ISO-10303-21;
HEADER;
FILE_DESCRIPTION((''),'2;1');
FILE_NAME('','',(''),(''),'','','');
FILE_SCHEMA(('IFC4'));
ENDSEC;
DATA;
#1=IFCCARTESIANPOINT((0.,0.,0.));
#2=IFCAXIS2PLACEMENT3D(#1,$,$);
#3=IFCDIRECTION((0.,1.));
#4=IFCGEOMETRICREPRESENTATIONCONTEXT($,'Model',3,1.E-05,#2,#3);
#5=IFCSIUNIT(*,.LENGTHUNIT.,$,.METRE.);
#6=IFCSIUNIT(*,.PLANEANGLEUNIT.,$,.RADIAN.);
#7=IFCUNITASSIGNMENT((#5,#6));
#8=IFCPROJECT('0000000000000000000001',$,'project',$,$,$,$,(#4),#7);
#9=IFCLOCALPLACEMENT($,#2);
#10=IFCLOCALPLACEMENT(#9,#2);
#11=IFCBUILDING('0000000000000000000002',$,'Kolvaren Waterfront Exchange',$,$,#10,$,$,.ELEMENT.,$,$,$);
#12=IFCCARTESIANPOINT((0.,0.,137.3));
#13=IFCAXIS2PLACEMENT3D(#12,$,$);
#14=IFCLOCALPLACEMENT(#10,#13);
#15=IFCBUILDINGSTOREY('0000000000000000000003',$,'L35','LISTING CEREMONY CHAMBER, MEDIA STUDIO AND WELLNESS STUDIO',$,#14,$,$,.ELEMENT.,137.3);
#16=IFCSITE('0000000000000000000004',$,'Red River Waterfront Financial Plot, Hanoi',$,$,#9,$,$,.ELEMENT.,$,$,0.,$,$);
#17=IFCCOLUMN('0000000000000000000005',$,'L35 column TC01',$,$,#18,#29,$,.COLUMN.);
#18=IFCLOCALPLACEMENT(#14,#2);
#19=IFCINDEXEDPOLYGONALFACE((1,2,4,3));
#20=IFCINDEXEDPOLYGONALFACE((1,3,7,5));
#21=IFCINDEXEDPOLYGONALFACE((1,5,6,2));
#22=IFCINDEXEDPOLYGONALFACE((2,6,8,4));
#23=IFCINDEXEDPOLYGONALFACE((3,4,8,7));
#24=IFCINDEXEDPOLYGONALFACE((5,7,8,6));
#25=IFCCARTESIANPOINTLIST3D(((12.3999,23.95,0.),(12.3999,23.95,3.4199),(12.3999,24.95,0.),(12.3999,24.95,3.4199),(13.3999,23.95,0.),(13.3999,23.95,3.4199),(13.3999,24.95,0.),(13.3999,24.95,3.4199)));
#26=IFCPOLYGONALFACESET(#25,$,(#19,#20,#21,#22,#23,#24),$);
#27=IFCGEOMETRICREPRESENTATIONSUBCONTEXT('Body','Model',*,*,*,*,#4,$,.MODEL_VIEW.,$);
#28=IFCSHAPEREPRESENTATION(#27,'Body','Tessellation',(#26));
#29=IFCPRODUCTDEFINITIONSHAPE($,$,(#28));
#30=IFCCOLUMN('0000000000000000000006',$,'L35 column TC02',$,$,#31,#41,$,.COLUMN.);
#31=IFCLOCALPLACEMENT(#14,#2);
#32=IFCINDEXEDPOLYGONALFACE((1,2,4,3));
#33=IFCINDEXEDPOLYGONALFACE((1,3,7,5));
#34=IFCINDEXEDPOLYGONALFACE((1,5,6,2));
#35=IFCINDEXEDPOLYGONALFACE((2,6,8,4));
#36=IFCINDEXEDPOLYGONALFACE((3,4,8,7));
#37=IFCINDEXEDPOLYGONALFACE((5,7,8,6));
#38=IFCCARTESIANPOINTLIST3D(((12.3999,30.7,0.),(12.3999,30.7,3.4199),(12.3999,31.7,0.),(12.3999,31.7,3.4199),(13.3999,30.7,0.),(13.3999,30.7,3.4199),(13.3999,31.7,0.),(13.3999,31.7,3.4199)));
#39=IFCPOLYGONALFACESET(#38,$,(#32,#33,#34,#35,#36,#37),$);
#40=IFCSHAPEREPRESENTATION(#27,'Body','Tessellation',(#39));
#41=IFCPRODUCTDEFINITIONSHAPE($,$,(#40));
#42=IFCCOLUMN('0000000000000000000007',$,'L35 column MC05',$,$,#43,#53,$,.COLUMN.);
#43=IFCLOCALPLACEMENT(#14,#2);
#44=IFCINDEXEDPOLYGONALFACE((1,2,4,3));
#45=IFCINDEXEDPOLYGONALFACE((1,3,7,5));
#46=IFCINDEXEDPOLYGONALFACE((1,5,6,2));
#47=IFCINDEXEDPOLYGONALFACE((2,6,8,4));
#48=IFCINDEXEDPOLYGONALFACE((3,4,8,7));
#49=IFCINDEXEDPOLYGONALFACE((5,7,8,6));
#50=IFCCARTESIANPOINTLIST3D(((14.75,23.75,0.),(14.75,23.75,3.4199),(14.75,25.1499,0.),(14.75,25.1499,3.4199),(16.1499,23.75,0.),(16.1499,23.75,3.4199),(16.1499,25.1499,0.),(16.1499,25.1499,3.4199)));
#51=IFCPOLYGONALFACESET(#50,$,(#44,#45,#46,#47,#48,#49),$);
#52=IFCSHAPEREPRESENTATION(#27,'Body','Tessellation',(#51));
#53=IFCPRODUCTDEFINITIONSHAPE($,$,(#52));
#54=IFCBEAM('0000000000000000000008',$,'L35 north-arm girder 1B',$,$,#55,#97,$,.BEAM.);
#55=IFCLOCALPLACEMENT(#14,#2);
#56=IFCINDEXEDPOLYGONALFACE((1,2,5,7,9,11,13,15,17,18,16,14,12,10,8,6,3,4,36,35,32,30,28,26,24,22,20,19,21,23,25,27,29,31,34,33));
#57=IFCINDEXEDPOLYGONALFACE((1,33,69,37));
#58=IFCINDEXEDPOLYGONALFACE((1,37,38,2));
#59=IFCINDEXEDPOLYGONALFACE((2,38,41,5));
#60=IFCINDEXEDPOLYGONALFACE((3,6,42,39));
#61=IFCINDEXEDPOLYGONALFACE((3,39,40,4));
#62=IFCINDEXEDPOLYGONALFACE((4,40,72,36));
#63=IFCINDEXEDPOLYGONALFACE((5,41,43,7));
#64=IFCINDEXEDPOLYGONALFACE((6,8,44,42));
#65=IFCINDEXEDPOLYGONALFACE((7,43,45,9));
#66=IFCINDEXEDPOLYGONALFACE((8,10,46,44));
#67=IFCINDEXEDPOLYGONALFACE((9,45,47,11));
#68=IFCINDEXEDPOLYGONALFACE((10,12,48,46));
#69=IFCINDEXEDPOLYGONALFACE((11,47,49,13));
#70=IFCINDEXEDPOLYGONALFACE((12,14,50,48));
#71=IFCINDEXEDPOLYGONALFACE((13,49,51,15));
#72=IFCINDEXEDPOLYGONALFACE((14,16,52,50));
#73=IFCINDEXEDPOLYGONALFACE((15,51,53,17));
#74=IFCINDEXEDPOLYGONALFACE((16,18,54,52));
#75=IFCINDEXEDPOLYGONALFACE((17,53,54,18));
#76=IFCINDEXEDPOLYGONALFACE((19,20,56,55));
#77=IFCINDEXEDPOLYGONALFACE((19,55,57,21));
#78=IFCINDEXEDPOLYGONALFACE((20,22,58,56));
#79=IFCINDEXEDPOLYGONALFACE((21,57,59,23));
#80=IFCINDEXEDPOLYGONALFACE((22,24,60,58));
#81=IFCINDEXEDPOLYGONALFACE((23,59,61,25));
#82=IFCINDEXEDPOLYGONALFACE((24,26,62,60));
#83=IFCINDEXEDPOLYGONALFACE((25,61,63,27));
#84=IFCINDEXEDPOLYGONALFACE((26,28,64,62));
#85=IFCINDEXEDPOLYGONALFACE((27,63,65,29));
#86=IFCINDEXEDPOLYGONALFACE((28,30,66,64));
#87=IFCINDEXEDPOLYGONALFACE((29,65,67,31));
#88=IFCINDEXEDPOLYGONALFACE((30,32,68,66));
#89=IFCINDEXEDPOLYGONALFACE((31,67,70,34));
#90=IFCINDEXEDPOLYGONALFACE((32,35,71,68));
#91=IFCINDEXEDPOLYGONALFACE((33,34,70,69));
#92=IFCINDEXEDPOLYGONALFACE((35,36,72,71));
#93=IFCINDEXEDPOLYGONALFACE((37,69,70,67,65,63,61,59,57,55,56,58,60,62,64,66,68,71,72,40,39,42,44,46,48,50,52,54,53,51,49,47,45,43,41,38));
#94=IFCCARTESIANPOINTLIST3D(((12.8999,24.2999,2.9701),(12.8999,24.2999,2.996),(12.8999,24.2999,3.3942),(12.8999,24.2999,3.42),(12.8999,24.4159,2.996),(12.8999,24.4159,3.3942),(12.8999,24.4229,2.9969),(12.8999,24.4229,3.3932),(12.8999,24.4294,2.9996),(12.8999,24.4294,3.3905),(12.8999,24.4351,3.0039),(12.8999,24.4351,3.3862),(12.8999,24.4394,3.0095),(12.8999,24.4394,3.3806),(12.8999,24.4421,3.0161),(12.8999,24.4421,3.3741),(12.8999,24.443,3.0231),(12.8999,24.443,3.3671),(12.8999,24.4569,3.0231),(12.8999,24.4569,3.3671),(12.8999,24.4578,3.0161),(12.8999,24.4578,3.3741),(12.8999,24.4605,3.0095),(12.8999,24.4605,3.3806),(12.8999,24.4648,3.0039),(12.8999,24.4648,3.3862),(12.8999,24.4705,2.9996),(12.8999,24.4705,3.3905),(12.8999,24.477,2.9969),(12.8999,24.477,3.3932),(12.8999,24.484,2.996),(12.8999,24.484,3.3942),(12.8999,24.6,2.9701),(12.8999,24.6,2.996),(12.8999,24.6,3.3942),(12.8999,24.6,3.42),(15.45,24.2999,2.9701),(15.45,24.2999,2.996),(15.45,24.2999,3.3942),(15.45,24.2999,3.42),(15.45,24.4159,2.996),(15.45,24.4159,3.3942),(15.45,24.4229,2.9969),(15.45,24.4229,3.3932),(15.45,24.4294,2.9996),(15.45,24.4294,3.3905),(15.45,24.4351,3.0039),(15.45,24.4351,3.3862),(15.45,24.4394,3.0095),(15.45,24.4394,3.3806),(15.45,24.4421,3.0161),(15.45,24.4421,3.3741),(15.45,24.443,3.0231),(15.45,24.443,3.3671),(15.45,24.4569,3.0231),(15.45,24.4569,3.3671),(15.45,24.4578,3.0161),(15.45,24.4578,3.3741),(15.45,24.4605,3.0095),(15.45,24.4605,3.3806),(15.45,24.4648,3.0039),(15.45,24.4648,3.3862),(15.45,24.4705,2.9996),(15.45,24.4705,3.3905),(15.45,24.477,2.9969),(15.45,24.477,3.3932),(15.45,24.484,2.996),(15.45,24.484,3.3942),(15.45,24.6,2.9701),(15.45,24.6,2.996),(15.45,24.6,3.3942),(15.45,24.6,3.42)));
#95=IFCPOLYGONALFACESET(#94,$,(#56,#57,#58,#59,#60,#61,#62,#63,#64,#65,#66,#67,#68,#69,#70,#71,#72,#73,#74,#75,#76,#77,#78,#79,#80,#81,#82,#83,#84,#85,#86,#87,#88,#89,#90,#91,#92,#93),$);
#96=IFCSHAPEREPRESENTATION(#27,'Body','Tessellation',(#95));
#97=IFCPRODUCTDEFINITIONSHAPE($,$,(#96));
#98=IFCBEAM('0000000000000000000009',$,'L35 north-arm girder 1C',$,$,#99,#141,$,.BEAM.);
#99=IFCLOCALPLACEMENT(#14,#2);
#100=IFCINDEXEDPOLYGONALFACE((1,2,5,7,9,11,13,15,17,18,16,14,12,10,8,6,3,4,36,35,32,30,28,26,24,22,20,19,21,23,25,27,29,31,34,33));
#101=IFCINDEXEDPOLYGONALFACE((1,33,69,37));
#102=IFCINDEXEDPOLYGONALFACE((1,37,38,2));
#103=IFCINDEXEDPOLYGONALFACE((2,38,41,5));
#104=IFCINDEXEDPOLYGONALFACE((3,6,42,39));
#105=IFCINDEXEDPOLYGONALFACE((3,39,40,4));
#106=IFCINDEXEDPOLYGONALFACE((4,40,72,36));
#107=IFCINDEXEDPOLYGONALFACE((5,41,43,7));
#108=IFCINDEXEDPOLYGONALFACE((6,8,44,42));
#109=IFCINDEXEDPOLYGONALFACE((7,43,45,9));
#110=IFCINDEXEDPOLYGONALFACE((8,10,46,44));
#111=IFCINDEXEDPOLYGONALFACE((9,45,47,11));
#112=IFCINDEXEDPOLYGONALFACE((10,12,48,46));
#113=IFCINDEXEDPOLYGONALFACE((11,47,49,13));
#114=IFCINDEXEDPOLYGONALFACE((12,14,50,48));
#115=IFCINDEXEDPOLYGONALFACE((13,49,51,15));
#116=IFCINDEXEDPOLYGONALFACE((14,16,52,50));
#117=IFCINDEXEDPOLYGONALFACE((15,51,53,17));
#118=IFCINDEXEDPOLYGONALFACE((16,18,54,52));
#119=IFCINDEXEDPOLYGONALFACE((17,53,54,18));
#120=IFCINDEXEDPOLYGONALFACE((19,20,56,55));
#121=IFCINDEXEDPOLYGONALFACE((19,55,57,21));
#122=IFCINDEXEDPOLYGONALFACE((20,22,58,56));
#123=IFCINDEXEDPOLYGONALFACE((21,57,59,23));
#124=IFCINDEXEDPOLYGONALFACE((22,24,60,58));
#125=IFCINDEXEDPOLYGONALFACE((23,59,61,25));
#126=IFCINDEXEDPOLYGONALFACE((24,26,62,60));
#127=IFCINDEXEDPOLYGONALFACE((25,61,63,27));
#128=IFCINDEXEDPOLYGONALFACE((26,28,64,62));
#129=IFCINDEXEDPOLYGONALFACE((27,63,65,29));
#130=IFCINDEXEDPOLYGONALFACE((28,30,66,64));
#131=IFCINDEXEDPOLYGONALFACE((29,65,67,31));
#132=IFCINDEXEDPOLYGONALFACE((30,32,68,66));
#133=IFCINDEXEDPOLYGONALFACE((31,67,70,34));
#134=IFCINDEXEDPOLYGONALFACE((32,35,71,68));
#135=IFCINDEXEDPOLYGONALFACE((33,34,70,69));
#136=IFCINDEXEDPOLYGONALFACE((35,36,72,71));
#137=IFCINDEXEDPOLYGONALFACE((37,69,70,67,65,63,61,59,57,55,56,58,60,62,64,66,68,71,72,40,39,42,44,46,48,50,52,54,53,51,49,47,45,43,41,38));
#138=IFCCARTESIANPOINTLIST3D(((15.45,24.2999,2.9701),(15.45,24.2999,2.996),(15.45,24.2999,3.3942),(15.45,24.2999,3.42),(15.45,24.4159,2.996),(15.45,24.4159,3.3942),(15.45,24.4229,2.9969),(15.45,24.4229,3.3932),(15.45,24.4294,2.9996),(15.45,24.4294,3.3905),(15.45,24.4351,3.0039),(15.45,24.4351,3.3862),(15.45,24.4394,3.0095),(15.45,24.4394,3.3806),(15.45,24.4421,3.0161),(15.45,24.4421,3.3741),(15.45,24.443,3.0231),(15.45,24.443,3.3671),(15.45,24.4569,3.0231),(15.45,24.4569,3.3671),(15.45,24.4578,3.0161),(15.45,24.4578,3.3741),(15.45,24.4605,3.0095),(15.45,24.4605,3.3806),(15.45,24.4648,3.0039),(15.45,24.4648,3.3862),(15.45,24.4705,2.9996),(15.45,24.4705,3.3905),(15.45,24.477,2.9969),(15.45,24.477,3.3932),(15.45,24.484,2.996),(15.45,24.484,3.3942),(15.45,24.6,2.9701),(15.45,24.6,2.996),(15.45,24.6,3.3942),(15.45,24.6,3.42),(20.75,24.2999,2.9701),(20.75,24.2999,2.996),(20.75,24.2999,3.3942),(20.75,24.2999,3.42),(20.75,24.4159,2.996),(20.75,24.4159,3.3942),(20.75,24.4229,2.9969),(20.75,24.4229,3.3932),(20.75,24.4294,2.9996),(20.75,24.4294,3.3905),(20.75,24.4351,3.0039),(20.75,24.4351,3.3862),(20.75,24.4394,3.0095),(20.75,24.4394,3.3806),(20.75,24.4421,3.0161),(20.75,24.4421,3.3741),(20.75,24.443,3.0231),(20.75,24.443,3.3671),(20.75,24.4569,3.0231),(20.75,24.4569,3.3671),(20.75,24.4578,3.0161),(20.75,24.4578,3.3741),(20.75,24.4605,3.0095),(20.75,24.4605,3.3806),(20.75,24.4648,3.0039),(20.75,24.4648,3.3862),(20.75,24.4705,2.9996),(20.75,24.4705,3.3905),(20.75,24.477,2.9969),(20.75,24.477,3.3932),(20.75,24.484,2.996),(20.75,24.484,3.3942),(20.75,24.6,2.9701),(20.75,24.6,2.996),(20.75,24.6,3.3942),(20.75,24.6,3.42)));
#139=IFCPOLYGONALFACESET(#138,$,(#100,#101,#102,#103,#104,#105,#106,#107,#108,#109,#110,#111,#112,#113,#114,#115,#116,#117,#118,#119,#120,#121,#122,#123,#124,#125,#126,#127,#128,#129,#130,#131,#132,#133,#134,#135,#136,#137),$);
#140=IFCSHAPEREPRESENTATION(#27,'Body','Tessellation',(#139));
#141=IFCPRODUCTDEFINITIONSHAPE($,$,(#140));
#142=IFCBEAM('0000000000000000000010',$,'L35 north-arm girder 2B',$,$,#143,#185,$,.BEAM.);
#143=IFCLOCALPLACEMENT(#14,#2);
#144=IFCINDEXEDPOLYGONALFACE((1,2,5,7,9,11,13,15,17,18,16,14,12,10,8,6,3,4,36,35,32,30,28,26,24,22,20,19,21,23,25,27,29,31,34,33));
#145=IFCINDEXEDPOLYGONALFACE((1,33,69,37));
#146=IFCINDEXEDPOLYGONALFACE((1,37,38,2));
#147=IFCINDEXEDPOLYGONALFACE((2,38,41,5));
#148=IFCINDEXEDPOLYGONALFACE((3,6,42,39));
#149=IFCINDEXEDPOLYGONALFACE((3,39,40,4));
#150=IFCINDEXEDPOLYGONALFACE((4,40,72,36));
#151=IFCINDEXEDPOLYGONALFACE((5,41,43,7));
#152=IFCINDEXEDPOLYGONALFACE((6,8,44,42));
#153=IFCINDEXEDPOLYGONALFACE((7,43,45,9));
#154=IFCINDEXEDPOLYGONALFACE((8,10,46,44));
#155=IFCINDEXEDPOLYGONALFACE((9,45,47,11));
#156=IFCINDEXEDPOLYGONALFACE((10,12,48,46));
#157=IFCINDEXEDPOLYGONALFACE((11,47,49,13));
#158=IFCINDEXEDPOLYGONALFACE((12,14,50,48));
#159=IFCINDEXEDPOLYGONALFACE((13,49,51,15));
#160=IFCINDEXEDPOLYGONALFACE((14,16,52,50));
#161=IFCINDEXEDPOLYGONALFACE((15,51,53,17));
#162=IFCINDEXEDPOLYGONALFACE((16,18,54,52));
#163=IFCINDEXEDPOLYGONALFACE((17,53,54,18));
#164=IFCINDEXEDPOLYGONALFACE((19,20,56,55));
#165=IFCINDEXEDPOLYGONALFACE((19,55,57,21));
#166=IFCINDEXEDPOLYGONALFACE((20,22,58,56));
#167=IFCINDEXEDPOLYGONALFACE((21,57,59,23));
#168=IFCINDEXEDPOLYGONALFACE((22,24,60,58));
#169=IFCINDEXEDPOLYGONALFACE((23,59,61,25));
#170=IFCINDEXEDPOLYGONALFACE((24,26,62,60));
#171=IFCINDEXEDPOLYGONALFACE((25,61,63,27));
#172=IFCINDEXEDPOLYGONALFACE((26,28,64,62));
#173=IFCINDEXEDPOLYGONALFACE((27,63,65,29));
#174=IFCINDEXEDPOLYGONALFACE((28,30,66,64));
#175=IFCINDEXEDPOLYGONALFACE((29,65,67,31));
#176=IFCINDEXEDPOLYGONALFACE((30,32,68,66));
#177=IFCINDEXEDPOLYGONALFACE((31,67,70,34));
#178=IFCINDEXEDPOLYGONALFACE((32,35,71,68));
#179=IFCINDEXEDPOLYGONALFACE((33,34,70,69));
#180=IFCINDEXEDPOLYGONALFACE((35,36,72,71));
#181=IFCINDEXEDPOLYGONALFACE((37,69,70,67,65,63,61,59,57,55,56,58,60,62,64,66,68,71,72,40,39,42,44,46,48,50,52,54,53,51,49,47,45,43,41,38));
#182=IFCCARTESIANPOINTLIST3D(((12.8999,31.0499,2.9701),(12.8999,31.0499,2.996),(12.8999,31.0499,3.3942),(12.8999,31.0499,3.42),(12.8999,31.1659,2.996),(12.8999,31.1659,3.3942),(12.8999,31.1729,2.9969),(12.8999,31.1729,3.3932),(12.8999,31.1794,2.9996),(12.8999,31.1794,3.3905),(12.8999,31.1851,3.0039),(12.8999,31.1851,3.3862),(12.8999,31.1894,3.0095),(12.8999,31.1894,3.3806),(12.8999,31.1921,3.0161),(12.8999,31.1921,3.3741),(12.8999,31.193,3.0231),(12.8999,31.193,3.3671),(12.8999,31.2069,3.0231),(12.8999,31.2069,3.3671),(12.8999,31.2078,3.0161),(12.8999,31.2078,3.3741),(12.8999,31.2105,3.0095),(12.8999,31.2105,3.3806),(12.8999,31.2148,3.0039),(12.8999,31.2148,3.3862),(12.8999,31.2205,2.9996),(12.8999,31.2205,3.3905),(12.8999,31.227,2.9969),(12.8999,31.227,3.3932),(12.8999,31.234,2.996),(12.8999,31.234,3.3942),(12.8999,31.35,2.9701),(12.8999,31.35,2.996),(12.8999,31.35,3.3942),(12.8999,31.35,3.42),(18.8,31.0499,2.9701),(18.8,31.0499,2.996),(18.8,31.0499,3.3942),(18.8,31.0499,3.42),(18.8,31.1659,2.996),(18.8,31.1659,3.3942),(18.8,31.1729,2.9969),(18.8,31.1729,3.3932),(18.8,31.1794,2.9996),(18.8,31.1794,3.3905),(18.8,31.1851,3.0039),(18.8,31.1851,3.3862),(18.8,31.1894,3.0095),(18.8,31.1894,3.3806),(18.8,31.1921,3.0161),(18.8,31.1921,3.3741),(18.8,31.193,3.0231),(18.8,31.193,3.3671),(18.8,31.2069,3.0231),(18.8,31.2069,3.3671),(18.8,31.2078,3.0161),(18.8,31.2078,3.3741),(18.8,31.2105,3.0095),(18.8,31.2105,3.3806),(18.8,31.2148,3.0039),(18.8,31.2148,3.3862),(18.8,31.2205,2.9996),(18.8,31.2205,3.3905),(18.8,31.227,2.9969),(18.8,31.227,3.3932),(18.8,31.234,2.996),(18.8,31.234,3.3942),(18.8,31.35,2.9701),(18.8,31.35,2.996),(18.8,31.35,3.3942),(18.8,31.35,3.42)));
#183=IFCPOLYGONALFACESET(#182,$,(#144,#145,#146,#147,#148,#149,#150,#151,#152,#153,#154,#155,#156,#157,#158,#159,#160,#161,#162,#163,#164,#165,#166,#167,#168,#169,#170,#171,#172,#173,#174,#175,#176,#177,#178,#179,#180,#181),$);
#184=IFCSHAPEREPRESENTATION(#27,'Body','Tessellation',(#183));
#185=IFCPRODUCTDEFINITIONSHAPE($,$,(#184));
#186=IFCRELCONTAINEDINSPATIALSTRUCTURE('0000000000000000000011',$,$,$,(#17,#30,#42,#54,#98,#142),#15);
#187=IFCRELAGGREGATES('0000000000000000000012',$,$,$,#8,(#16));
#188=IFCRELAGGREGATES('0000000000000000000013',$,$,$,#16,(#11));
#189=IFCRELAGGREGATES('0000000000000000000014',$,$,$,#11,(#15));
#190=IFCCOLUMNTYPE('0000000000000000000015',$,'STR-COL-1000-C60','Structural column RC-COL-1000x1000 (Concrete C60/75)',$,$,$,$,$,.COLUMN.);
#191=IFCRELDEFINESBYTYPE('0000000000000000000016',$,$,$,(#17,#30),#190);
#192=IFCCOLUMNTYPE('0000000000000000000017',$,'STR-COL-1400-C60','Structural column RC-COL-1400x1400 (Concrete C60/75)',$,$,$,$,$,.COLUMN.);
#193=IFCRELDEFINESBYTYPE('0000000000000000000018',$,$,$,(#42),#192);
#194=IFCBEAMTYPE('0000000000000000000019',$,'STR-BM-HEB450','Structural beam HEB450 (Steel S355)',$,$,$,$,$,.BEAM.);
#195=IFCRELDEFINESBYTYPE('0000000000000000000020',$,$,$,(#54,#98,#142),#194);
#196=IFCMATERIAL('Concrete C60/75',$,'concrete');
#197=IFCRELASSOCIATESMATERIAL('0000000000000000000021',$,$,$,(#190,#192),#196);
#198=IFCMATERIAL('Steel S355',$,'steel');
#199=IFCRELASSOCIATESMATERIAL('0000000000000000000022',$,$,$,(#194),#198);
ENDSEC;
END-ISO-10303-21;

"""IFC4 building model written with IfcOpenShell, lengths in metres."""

from ifc_helpers import new_model, si_unit, direction, frame, origin, origin_2d, place, context, subcontext, project, spatial, rectangle, i_section, extrude, material, material_profile, profile_set, type_object, element, save


model = new_model("IFC4")

# Units and contexts
model_context = context("Model", 3, precision=1e-05, world=origin(), true_north=direction((0.0, 1.0)))
body_context = subcontext(model_context, "Body", "Model", "MODEL_VIEW")
ifc_project = project(units=[si_unit("LENGTHUNIT", "METRE"), si_unit("PLANEANGLEUNIT", "RADIAN")], contexts=[model_context])

# Site, building, storey
site_placement = place(None, origin())
site = spatial("IfcSite", under=ifc_project, at=site_placement, Name="Red River Waterfront Financial Plot, Hanoi", CompositionType="ELEMENT", RefElevation=0.0)
building_placement = place(site_placement, origin())
building = spatial("IfcBuilding", under=site, at=building_placement, Name="Kolvaren Waterfront Exchange", CompositionType="ELEMENT")
storey_placement = place(building_placement, frame((0.0, 0.0, 137.3)))
storey = spatial("IfcBuildingStorey", under=building, at=storey_placement, Name="L35", Description="LISTING CEREMONY CHAMBER, MEDIA STUDIO AND WELLNESS STUDIO", CompositionType="ELEMENT", Elevation=137.3)

# Columns
ifc_material_1 = material(Name="Concrete C60/75", Category="concrete")
ifc_material_profile_1 = material_profile(ifc_material_1, rectangle(XDim=1.0, YDim=1.0, at=origin_2d()), Name="RC-COL-1000x1000")
ifc_profile_set_1 = profile_set([ifc_material_profile_1], Name="Concrete C60/75")
column_type_1 = type_object("IfcColumnType", Name="STR-COL-1000-C60", Description="Structural column RC-COL-1000x1000 (Concrete C60/75)", PredefinedType="COLUMN", material=ifc_profile_set_1)
for number, where, z_axis, x_axis, name in (
    (1, (12.8999, 24.45, 0.0), (0.0, 0.0, 1.0), (1.0, 0.0, 0.0), "L35 column TC01"),
    (2, (12.8999, 31.2, 0.0), (0.0, 0.0, 1.0), (1.0, 0.0, 0.0), "L35 column TC02"),
):
    element("IfcColumn", number, at=place(storey_placement, frame(where, z_axis=z_axis, x_axis=x_axis)), inside=storey, type_object=column_type_1, Name=name, PredefinedType="COLUMN", context=body_context, shape_type="SweptSolid", body=[
        extrude(rectangle(XDim=1.0, YDim=1.0, at=origin_2d()), origin(), (0.0, 0.0, 1.0), 3.4199),
    ])
ifc_material_profile_2 = material_profile(ifc_material_1, rectangle(XDim=1.3999, YDim=1.3999, at=origin_2d()), Name="RC-COL-1400x1400")
ifc_profile_set_2 = profile_set([ifc_material_profile_2], Name="Concrete C60/75")
column_type_2 = type_object("IfcColumnType", Name="STR-COL-1400-C60", Description="Structural column RC-COL-1400x1400 (Concrete C60/75)", PredefinedType="COLUMN", material=ifc_profile_set_2)
column_placement = place(storey_placement, frame((15.45, 24.45, 0.0), z_axis=(0.0, 0.0, 1.0), x_axis=(1.0, 0.0, 0.0)))
element("IfcColumn", 3, at=column_placement, inside=storey, type_object=column_type_2, Name="L35 column MC05", PredefinedType="COLUMN", context=body_context, shape_type="SweptSolid", body=[
    extrude(rectangle(XDim=1.3999, YDim=1.3999, at=origin_2d()), origin(), (0.0, 0.0, 1.0), 3.4199),
])

# Beams
ifc_material_2 = material(Name="Steel S355", Category="steel")
ifc_material_profile_3 = material_profile(ifc_material_2, i_section(OverallWidth=0.3, OverallDepth=0.45, WebThickness=0.0139, FlangeThickness=0.0259, FilletRadius=0.0271, at=origin_2d()), Name="HEB450")
ifc_profile_set_3 = profile_set([ifc_material_profile_3], Name="Steel S355")
beam_type_1 = type_object("IfcBeamType", Name="STR-BM-HEB450", Description="Structural beam HEB450 (Steel S355)", PredefinedType="BEAM", material=ifc_profile_set_3)
beam_1_placement = place(storey_placement, frame((12.8999, 24.45, 3.1951), z_axis=(1.0, 0.0, 0.0), x_axis=(0.0, 1.0, 0.0)))
element("IfcBeam", 4, at=beam_1_placement, inside=storey, type_object=beam_type_1, Name="L35 north-arm girder 1B", PredefinedType="BEAM", context=body_context, shape_type="SweptSolid", body=[
    extrude(i_section(OverallWidth=0.3, OverallDepth=0.45, WebThickness=0.0139, FlangeThickness=0.0259, FilletRadius=0.0271, at=origin_2d()), origin(), (0.0, 0.0, 1.0), 2.55),
])
beam_2_placement = place(storey_placement, frame((15.45, 24.45, 3.1951), z_axis=(1.0, 0.0, 0.0), x_axis=(0.0, 1.0, 0.0)))
element("IfcBeam", 5, at=beam_2_placement, inside=storey, type_object=beam_type_1, Name="L35 north-arm girder 1C", PredefinedType="BEAM", context=body_context, shape_type="SweptSolid", body=[
    extrude(i_section(OverallWidth=0.3, OverallDepth=0.45, WebThickness=0.0139, FlangeThickness=0.0259, FilletRadius=0.0271, at=origin_2d()), origin(), (0.0, 0.0, 1.0), 5.3),
])
beam_3_placement = place(storey_placement, frame((12.8999, 31.2, 3.1951), z_axis=(1.0, 0.0, 0.0), x_axis=(0.0, 1.0, 0.0)))
element("IfcBeam", 6, at=beam_3_placement, inside=storey, type_object=beam_type_1, Name="L35 north-arm girder 2B", PredefinedType="BEAM", context=body_context, shape_type="SweptSolid", body=[
    extrude(i_section(OverallWidth=0.3, OverallDepth=0.45, WebThickness=0.0139, FlangeThickness=0.0259, FilletRadius=0.0271, at=origin_2d()), origin(), (0.0, 0.0, 1.0), 5.9001),
])

save(model, "model.ifc")
